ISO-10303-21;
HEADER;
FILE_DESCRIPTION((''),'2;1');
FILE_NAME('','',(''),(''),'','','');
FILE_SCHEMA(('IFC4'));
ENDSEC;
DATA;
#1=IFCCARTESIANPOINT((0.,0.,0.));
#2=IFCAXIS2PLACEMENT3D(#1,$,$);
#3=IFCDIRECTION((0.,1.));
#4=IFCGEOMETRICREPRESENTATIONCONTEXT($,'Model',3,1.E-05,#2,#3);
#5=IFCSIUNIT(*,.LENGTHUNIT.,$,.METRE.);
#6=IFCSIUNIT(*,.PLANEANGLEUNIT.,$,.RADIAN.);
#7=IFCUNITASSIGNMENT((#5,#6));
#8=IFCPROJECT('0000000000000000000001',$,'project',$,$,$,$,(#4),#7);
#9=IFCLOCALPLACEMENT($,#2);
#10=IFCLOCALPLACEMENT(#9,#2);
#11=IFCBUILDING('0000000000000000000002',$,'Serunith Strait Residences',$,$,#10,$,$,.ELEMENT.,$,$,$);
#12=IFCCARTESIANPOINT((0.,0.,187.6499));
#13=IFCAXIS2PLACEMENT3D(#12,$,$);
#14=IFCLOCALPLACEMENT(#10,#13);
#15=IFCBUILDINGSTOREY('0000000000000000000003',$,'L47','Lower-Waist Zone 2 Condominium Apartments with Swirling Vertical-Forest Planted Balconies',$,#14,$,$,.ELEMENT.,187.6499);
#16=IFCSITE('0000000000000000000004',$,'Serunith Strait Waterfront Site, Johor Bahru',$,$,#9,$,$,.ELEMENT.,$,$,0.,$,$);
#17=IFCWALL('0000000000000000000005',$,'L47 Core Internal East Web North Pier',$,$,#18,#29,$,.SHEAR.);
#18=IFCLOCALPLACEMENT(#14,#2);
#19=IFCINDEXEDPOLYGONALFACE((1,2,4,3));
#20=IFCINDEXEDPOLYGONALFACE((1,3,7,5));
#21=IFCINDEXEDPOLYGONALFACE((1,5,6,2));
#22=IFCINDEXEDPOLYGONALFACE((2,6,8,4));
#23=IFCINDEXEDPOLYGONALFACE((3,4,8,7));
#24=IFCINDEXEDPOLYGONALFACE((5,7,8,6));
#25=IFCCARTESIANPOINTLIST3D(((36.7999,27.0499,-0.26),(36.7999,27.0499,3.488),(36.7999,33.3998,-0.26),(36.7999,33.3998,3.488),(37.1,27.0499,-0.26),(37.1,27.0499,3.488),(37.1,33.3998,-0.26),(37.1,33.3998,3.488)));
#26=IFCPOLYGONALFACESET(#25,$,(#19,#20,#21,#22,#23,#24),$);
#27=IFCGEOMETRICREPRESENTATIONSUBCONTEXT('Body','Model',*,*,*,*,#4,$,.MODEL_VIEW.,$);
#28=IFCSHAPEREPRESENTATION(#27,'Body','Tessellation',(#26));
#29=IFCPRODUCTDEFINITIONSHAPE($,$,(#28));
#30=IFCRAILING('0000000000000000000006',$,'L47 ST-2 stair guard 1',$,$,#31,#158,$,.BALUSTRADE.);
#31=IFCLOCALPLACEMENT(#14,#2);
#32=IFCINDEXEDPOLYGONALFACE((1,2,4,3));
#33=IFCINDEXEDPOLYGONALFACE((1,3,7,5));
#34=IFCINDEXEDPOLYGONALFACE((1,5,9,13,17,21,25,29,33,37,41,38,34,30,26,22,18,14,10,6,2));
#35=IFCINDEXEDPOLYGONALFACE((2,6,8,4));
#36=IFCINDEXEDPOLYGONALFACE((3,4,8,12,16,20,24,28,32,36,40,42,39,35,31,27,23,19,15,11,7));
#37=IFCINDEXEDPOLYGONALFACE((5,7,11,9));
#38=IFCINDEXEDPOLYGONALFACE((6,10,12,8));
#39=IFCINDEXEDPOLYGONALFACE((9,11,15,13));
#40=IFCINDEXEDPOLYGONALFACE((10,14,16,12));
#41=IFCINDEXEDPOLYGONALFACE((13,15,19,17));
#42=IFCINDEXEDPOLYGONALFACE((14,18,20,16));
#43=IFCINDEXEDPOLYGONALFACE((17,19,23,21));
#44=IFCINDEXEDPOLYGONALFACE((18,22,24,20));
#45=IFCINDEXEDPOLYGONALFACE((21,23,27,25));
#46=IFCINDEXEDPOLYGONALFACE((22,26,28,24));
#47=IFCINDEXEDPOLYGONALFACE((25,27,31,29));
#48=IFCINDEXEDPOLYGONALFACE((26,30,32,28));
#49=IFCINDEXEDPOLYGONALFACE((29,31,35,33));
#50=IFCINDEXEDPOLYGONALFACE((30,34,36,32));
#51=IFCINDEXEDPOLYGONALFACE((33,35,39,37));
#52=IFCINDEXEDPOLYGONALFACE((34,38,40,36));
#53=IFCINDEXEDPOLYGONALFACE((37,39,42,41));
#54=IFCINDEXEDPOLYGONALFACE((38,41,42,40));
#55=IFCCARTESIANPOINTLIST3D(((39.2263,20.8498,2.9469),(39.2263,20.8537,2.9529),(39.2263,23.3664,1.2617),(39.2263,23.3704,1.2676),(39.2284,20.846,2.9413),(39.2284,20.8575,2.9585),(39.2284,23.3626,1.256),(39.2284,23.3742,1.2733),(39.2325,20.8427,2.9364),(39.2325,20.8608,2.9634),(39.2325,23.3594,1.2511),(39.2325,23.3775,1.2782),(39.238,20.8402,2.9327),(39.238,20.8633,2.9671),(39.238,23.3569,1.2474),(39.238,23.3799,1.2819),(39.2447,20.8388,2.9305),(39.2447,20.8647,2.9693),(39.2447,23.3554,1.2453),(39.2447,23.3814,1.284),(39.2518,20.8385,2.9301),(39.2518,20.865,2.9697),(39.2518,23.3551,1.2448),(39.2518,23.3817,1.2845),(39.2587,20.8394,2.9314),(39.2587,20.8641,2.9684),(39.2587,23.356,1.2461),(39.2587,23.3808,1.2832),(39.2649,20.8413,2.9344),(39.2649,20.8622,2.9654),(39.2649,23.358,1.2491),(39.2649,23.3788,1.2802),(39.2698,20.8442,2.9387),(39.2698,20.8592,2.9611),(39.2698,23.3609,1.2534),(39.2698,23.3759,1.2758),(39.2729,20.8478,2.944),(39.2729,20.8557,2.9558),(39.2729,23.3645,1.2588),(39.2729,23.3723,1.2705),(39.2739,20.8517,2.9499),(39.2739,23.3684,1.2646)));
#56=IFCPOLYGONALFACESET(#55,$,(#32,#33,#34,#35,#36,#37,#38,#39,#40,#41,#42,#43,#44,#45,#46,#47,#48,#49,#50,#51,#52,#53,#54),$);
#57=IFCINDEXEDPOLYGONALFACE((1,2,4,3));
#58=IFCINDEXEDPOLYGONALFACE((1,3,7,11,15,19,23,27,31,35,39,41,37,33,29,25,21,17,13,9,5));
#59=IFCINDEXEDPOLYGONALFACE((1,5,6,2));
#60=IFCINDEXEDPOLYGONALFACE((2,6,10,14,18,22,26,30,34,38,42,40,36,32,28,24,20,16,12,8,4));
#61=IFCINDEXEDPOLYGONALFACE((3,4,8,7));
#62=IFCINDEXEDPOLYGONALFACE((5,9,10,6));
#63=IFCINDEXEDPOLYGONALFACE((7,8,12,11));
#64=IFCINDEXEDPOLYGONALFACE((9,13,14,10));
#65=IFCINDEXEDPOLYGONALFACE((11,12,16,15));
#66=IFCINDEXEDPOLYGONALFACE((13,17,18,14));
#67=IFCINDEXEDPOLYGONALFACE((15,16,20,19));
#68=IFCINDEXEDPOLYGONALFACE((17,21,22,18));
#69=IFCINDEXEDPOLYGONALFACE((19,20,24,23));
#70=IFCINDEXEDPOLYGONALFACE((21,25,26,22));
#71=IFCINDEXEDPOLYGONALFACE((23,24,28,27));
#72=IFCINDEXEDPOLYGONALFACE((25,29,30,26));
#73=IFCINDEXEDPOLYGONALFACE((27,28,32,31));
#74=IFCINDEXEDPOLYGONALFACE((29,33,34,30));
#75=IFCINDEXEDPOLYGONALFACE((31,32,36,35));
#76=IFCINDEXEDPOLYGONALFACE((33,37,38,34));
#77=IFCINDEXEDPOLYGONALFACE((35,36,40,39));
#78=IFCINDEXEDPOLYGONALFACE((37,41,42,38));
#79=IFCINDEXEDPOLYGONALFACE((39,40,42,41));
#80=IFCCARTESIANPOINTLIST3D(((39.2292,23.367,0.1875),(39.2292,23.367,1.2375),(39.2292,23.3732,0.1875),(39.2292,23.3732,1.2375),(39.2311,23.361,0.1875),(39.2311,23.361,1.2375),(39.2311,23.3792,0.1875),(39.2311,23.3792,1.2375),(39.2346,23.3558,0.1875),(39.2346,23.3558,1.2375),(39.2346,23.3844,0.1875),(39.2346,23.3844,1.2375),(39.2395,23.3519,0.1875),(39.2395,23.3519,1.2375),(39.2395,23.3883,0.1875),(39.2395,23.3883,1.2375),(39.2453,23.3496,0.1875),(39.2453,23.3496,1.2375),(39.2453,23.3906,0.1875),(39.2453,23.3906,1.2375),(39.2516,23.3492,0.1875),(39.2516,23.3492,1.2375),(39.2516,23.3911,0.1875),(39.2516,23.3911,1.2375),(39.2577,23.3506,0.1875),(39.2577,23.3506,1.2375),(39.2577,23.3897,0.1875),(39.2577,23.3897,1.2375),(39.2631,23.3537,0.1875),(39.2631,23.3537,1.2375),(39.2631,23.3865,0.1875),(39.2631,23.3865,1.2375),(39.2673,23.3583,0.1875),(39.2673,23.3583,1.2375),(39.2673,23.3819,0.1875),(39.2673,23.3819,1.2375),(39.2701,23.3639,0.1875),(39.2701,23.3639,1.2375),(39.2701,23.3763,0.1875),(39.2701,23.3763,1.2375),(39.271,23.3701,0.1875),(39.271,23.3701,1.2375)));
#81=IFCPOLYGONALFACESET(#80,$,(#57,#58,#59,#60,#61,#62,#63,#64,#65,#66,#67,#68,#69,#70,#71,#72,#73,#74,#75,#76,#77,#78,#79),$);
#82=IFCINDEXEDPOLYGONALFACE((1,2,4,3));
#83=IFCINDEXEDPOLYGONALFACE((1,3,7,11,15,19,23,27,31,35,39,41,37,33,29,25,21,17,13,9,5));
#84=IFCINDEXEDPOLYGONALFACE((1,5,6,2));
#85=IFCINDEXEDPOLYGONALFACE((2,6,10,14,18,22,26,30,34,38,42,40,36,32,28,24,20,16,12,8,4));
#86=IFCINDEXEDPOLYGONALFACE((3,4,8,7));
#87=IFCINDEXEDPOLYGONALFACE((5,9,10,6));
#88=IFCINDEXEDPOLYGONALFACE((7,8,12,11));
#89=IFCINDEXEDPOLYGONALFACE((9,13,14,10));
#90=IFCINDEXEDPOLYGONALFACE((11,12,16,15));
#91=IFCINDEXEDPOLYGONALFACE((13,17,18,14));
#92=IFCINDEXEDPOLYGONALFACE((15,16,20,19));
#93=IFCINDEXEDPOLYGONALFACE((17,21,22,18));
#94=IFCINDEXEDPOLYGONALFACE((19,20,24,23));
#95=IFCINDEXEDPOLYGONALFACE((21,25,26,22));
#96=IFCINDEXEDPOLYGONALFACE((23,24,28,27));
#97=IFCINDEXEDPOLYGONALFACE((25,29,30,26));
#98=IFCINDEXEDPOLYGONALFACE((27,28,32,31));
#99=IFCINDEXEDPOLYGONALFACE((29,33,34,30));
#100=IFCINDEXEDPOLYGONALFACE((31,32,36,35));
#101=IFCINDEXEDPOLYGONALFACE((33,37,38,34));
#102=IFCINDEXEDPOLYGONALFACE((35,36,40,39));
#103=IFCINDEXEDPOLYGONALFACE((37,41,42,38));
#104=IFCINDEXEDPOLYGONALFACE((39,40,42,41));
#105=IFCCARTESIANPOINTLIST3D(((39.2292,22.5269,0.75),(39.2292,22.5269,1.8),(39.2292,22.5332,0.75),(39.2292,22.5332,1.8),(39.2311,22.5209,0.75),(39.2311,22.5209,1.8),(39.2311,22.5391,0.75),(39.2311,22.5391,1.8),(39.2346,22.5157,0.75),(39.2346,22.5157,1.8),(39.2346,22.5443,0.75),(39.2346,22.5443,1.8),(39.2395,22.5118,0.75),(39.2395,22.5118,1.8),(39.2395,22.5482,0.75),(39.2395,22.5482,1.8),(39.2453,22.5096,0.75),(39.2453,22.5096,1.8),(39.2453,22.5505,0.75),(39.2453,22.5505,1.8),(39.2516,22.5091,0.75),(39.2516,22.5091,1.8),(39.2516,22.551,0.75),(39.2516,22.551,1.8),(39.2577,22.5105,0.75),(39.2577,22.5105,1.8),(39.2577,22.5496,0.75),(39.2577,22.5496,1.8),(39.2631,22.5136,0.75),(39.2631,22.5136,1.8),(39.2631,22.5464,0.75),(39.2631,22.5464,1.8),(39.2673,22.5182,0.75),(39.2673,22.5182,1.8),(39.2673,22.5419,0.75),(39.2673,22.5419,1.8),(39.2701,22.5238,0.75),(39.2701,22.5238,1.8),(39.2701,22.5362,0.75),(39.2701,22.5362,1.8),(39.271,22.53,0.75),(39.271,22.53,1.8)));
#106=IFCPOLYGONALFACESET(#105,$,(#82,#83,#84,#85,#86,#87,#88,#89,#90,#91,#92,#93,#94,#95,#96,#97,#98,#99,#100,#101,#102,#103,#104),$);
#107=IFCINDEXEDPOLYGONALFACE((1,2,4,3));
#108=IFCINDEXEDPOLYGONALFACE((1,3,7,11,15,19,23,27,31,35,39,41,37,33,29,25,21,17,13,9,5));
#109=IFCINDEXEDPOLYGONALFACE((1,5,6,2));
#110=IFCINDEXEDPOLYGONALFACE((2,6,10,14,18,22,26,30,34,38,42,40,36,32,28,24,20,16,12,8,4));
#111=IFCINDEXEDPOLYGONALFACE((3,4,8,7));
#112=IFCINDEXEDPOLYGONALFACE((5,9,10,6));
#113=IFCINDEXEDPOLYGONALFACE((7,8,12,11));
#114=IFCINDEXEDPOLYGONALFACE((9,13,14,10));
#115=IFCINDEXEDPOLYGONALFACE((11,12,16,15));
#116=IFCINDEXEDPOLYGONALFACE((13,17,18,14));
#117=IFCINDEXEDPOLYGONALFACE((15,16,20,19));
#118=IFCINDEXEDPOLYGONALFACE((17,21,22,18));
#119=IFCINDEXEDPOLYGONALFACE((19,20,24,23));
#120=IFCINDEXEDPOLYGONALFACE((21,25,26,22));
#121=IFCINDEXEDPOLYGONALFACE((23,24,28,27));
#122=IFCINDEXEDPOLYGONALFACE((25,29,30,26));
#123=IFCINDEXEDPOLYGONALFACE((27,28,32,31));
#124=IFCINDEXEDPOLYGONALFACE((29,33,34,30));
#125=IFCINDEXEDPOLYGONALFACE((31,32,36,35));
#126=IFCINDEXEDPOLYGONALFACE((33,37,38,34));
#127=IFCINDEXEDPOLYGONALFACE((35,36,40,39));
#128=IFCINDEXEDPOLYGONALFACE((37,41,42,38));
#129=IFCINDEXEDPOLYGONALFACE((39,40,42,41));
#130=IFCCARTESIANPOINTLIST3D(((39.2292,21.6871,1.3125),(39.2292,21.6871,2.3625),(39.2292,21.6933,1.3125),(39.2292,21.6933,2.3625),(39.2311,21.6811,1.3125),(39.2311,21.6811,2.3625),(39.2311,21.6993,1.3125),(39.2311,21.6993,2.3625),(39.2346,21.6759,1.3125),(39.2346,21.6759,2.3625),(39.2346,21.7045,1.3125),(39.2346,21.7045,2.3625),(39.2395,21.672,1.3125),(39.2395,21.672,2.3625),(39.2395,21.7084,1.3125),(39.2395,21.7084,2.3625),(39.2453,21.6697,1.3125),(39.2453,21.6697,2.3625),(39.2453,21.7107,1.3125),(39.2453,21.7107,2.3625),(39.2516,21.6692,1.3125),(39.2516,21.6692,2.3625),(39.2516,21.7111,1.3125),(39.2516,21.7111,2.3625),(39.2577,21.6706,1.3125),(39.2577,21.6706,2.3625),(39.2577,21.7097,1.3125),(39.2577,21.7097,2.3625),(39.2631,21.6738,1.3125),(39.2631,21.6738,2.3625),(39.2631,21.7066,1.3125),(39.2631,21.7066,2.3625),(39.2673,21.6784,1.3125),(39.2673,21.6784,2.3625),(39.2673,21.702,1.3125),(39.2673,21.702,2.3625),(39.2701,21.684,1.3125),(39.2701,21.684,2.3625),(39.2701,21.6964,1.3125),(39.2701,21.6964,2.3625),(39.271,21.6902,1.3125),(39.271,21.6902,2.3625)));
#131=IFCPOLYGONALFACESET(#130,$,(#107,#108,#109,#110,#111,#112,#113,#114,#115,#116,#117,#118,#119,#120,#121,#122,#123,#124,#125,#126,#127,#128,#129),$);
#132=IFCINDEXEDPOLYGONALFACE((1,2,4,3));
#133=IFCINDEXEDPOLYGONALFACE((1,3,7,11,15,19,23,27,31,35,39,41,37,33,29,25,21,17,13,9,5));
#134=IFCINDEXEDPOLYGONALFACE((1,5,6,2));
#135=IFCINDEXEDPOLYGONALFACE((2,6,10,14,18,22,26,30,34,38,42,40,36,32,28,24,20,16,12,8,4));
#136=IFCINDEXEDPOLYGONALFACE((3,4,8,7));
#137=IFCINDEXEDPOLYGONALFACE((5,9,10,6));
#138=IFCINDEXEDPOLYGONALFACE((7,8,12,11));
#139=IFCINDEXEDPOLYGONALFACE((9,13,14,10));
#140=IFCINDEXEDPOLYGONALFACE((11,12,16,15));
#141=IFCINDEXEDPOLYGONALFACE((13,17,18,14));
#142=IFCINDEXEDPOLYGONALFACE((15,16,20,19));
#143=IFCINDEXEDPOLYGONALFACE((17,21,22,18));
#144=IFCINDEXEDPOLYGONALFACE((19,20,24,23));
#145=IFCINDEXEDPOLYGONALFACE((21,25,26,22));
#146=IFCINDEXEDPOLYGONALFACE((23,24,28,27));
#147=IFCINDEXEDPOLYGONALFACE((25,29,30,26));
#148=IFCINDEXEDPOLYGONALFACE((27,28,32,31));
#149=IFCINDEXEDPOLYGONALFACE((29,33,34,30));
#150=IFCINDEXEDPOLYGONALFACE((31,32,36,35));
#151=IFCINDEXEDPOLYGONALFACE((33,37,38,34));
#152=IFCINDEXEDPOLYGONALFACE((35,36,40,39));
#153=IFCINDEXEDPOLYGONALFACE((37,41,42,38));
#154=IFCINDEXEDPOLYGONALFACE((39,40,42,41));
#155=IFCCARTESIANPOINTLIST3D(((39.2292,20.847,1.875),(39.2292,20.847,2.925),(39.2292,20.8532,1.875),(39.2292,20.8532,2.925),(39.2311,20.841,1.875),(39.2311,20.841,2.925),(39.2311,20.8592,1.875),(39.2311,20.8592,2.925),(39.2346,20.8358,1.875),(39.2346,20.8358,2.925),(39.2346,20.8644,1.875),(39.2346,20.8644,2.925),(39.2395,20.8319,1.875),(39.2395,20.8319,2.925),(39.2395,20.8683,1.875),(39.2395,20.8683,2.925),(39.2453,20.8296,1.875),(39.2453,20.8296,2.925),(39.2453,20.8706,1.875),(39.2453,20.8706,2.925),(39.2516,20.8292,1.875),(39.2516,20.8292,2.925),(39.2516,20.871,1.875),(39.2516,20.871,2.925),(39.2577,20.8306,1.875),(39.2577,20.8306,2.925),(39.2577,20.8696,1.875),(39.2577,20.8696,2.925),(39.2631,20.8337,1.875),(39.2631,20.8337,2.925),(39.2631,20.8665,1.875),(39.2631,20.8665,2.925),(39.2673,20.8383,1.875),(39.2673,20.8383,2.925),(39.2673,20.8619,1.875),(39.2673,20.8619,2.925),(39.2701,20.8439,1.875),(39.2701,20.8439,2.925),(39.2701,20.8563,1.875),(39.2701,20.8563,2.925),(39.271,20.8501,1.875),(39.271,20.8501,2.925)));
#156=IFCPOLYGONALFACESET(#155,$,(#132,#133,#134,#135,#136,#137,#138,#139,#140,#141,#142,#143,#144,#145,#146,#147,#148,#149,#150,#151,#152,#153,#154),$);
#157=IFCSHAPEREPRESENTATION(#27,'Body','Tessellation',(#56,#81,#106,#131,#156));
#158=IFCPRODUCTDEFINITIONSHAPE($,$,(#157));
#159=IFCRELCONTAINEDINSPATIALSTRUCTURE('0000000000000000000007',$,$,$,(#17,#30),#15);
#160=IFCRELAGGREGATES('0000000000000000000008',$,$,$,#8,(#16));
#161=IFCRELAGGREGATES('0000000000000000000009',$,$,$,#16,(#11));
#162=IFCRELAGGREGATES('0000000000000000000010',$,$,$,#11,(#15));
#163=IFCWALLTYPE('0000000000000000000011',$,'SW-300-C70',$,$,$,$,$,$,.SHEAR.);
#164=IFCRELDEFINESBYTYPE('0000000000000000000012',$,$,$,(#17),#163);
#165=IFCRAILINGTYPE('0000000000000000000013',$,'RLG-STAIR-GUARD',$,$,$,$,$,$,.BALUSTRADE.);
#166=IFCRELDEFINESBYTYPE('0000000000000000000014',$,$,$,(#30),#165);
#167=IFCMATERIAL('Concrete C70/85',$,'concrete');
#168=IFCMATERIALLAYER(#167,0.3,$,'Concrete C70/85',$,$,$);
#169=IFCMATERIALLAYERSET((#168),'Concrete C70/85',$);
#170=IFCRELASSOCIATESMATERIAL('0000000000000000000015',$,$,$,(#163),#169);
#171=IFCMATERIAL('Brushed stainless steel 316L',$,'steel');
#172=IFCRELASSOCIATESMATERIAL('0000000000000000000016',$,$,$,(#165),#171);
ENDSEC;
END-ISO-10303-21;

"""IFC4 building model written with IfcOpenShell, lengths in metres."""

from ifc_helpers import new_model, si_unit, direction, frame, frame_2d, origin, origin_2d, place, context, subcontext, project, spatial, rectangle, circle, extrude, material, layer, layer_set, type_object, element, save


model = new_model("IFC4")

# Units and contexts
model_context = context("Model", 3, precision=1e-05, world=origin(), true_north=direction((0.0, 1.0)))
body_context = subcontext(model_context, "Body", "Model", "MODEL_VIEW")
ifc_project = project(units=[si_unit("LENGTHUNIT", "METRE"), si_unit("PLANEANGLEUNIT", "RADIAN")], contexts=[model_context])

# Site, building, storey
site_placement = place(None, origin())
site = spatial("IfcSite", under=ifc_project, at=site_placement, Name="Serunith Strait Waterfront Site, Johor Bahru", CompositionType="ELEMENT", RefElevation=0.0)
building_placement = place(site_placement, origin())
building = spatial("IfcBuilding", under=site, at=building_placement, Name="Serunith Strait Residences", CompositionType="ELEMENT")
storey_placement = place(building_placement, frame((0.0, 0.0, 187.6499)))
storey = spatial("IfcBuildingStorey", under=building, at=storey_placement, Name="L47", Description="Lower-Waist Zone 2 Condominium Apartments with Swirling Vertical-Forest Planted Balconies", CompositionType="ELEMENT", Elevation=187.6499)

# Wall
ifc_material_1 = material(Name="Concrete C70/85", Category="concrete")
ifc_layer_1 = layer(ifc_material_1, 0.3, Name="Concrete C70/85")
ifc_layer_set_1 = layer_set([ifc_layer_1], Name="Concrete C70/85")
wall_type_1 = type_object("IfcWallType", Name="SW-300-C70", PredefinedType="SHEAR", material=ifc_layer_set_1)
wall_1_placement = place(storey_placement, frame((36.95, 27.05, -0.26), z_axis=(0.0, 0.0, 1.0), x_axis=(0.0, 1.0, 0.0)))
element("IfcWall", 1, at=wall_1_placement, inside=storey, type_object=wall_type_1, Name="L47 Core Internal East Web North Pier", PredefinedType="SHEAR", context=body_context, shape_type="SweptSolid", body=[
    extrude(rectangle(XDim=6.3499, YDim=0.3, at=frame_2d((3.1748, 0.0))), origin(), (0.0, 0.0, 1.0), 3.748),
])

# Railing
ifc_material_2 = material(Name="Brushed stainless steel 316L", Category="steel")
railing_type_1 = type_object("IfcRailingType", Name="RLG-STAIR-GUARD", PredefinedType="BALUSTRADE", material=ifc_material_2)
railing_1_placement = place(storey_placement, frame((39.25, 23.3701, 0.1875)))
element("IfcRailing", 2, at=railing_1_placement, inside=storey, type_object=railing_type_1, Name="L47 ST-2 stair guard 1", PredefinedType="BALUSTRADE", context=body_context, shape_type="SweptSolid", body=[
    extrude(circle(Radius=0.0239, at=origin_2d()), frame((0.0, -0.0017, 1.0771), z_axis=(0.0, -0.830909, 0.556408), x_axis=(1.0, 0.0, 0.0)), (0.0, 0.0, 1.0), 3.0288),
    extrude(circle(Radius=0.021, at=origin_2d()), origin(), (0.0, 0.0, 1.0), 1.05),
    extrude(circle(Radius=0.021, at=origin_2d()), frame((0.0, -0.8401, 0.5625)), (0.0, 0.0, 1.0), 1.05),
    extrude(circle(Radius=0.021, at=origin_2d()), frame((0.0, -1.6799, 1.125)), (0.0, 0.0, 1.0), 1.05),
    extrude(circle(Radius=0.021, at=origin_2d()), frame((0.0, -2.52, 1.6875)), (0.0, 0.0, 1.0), 1.05),
])

save(model, "model.ifc")
